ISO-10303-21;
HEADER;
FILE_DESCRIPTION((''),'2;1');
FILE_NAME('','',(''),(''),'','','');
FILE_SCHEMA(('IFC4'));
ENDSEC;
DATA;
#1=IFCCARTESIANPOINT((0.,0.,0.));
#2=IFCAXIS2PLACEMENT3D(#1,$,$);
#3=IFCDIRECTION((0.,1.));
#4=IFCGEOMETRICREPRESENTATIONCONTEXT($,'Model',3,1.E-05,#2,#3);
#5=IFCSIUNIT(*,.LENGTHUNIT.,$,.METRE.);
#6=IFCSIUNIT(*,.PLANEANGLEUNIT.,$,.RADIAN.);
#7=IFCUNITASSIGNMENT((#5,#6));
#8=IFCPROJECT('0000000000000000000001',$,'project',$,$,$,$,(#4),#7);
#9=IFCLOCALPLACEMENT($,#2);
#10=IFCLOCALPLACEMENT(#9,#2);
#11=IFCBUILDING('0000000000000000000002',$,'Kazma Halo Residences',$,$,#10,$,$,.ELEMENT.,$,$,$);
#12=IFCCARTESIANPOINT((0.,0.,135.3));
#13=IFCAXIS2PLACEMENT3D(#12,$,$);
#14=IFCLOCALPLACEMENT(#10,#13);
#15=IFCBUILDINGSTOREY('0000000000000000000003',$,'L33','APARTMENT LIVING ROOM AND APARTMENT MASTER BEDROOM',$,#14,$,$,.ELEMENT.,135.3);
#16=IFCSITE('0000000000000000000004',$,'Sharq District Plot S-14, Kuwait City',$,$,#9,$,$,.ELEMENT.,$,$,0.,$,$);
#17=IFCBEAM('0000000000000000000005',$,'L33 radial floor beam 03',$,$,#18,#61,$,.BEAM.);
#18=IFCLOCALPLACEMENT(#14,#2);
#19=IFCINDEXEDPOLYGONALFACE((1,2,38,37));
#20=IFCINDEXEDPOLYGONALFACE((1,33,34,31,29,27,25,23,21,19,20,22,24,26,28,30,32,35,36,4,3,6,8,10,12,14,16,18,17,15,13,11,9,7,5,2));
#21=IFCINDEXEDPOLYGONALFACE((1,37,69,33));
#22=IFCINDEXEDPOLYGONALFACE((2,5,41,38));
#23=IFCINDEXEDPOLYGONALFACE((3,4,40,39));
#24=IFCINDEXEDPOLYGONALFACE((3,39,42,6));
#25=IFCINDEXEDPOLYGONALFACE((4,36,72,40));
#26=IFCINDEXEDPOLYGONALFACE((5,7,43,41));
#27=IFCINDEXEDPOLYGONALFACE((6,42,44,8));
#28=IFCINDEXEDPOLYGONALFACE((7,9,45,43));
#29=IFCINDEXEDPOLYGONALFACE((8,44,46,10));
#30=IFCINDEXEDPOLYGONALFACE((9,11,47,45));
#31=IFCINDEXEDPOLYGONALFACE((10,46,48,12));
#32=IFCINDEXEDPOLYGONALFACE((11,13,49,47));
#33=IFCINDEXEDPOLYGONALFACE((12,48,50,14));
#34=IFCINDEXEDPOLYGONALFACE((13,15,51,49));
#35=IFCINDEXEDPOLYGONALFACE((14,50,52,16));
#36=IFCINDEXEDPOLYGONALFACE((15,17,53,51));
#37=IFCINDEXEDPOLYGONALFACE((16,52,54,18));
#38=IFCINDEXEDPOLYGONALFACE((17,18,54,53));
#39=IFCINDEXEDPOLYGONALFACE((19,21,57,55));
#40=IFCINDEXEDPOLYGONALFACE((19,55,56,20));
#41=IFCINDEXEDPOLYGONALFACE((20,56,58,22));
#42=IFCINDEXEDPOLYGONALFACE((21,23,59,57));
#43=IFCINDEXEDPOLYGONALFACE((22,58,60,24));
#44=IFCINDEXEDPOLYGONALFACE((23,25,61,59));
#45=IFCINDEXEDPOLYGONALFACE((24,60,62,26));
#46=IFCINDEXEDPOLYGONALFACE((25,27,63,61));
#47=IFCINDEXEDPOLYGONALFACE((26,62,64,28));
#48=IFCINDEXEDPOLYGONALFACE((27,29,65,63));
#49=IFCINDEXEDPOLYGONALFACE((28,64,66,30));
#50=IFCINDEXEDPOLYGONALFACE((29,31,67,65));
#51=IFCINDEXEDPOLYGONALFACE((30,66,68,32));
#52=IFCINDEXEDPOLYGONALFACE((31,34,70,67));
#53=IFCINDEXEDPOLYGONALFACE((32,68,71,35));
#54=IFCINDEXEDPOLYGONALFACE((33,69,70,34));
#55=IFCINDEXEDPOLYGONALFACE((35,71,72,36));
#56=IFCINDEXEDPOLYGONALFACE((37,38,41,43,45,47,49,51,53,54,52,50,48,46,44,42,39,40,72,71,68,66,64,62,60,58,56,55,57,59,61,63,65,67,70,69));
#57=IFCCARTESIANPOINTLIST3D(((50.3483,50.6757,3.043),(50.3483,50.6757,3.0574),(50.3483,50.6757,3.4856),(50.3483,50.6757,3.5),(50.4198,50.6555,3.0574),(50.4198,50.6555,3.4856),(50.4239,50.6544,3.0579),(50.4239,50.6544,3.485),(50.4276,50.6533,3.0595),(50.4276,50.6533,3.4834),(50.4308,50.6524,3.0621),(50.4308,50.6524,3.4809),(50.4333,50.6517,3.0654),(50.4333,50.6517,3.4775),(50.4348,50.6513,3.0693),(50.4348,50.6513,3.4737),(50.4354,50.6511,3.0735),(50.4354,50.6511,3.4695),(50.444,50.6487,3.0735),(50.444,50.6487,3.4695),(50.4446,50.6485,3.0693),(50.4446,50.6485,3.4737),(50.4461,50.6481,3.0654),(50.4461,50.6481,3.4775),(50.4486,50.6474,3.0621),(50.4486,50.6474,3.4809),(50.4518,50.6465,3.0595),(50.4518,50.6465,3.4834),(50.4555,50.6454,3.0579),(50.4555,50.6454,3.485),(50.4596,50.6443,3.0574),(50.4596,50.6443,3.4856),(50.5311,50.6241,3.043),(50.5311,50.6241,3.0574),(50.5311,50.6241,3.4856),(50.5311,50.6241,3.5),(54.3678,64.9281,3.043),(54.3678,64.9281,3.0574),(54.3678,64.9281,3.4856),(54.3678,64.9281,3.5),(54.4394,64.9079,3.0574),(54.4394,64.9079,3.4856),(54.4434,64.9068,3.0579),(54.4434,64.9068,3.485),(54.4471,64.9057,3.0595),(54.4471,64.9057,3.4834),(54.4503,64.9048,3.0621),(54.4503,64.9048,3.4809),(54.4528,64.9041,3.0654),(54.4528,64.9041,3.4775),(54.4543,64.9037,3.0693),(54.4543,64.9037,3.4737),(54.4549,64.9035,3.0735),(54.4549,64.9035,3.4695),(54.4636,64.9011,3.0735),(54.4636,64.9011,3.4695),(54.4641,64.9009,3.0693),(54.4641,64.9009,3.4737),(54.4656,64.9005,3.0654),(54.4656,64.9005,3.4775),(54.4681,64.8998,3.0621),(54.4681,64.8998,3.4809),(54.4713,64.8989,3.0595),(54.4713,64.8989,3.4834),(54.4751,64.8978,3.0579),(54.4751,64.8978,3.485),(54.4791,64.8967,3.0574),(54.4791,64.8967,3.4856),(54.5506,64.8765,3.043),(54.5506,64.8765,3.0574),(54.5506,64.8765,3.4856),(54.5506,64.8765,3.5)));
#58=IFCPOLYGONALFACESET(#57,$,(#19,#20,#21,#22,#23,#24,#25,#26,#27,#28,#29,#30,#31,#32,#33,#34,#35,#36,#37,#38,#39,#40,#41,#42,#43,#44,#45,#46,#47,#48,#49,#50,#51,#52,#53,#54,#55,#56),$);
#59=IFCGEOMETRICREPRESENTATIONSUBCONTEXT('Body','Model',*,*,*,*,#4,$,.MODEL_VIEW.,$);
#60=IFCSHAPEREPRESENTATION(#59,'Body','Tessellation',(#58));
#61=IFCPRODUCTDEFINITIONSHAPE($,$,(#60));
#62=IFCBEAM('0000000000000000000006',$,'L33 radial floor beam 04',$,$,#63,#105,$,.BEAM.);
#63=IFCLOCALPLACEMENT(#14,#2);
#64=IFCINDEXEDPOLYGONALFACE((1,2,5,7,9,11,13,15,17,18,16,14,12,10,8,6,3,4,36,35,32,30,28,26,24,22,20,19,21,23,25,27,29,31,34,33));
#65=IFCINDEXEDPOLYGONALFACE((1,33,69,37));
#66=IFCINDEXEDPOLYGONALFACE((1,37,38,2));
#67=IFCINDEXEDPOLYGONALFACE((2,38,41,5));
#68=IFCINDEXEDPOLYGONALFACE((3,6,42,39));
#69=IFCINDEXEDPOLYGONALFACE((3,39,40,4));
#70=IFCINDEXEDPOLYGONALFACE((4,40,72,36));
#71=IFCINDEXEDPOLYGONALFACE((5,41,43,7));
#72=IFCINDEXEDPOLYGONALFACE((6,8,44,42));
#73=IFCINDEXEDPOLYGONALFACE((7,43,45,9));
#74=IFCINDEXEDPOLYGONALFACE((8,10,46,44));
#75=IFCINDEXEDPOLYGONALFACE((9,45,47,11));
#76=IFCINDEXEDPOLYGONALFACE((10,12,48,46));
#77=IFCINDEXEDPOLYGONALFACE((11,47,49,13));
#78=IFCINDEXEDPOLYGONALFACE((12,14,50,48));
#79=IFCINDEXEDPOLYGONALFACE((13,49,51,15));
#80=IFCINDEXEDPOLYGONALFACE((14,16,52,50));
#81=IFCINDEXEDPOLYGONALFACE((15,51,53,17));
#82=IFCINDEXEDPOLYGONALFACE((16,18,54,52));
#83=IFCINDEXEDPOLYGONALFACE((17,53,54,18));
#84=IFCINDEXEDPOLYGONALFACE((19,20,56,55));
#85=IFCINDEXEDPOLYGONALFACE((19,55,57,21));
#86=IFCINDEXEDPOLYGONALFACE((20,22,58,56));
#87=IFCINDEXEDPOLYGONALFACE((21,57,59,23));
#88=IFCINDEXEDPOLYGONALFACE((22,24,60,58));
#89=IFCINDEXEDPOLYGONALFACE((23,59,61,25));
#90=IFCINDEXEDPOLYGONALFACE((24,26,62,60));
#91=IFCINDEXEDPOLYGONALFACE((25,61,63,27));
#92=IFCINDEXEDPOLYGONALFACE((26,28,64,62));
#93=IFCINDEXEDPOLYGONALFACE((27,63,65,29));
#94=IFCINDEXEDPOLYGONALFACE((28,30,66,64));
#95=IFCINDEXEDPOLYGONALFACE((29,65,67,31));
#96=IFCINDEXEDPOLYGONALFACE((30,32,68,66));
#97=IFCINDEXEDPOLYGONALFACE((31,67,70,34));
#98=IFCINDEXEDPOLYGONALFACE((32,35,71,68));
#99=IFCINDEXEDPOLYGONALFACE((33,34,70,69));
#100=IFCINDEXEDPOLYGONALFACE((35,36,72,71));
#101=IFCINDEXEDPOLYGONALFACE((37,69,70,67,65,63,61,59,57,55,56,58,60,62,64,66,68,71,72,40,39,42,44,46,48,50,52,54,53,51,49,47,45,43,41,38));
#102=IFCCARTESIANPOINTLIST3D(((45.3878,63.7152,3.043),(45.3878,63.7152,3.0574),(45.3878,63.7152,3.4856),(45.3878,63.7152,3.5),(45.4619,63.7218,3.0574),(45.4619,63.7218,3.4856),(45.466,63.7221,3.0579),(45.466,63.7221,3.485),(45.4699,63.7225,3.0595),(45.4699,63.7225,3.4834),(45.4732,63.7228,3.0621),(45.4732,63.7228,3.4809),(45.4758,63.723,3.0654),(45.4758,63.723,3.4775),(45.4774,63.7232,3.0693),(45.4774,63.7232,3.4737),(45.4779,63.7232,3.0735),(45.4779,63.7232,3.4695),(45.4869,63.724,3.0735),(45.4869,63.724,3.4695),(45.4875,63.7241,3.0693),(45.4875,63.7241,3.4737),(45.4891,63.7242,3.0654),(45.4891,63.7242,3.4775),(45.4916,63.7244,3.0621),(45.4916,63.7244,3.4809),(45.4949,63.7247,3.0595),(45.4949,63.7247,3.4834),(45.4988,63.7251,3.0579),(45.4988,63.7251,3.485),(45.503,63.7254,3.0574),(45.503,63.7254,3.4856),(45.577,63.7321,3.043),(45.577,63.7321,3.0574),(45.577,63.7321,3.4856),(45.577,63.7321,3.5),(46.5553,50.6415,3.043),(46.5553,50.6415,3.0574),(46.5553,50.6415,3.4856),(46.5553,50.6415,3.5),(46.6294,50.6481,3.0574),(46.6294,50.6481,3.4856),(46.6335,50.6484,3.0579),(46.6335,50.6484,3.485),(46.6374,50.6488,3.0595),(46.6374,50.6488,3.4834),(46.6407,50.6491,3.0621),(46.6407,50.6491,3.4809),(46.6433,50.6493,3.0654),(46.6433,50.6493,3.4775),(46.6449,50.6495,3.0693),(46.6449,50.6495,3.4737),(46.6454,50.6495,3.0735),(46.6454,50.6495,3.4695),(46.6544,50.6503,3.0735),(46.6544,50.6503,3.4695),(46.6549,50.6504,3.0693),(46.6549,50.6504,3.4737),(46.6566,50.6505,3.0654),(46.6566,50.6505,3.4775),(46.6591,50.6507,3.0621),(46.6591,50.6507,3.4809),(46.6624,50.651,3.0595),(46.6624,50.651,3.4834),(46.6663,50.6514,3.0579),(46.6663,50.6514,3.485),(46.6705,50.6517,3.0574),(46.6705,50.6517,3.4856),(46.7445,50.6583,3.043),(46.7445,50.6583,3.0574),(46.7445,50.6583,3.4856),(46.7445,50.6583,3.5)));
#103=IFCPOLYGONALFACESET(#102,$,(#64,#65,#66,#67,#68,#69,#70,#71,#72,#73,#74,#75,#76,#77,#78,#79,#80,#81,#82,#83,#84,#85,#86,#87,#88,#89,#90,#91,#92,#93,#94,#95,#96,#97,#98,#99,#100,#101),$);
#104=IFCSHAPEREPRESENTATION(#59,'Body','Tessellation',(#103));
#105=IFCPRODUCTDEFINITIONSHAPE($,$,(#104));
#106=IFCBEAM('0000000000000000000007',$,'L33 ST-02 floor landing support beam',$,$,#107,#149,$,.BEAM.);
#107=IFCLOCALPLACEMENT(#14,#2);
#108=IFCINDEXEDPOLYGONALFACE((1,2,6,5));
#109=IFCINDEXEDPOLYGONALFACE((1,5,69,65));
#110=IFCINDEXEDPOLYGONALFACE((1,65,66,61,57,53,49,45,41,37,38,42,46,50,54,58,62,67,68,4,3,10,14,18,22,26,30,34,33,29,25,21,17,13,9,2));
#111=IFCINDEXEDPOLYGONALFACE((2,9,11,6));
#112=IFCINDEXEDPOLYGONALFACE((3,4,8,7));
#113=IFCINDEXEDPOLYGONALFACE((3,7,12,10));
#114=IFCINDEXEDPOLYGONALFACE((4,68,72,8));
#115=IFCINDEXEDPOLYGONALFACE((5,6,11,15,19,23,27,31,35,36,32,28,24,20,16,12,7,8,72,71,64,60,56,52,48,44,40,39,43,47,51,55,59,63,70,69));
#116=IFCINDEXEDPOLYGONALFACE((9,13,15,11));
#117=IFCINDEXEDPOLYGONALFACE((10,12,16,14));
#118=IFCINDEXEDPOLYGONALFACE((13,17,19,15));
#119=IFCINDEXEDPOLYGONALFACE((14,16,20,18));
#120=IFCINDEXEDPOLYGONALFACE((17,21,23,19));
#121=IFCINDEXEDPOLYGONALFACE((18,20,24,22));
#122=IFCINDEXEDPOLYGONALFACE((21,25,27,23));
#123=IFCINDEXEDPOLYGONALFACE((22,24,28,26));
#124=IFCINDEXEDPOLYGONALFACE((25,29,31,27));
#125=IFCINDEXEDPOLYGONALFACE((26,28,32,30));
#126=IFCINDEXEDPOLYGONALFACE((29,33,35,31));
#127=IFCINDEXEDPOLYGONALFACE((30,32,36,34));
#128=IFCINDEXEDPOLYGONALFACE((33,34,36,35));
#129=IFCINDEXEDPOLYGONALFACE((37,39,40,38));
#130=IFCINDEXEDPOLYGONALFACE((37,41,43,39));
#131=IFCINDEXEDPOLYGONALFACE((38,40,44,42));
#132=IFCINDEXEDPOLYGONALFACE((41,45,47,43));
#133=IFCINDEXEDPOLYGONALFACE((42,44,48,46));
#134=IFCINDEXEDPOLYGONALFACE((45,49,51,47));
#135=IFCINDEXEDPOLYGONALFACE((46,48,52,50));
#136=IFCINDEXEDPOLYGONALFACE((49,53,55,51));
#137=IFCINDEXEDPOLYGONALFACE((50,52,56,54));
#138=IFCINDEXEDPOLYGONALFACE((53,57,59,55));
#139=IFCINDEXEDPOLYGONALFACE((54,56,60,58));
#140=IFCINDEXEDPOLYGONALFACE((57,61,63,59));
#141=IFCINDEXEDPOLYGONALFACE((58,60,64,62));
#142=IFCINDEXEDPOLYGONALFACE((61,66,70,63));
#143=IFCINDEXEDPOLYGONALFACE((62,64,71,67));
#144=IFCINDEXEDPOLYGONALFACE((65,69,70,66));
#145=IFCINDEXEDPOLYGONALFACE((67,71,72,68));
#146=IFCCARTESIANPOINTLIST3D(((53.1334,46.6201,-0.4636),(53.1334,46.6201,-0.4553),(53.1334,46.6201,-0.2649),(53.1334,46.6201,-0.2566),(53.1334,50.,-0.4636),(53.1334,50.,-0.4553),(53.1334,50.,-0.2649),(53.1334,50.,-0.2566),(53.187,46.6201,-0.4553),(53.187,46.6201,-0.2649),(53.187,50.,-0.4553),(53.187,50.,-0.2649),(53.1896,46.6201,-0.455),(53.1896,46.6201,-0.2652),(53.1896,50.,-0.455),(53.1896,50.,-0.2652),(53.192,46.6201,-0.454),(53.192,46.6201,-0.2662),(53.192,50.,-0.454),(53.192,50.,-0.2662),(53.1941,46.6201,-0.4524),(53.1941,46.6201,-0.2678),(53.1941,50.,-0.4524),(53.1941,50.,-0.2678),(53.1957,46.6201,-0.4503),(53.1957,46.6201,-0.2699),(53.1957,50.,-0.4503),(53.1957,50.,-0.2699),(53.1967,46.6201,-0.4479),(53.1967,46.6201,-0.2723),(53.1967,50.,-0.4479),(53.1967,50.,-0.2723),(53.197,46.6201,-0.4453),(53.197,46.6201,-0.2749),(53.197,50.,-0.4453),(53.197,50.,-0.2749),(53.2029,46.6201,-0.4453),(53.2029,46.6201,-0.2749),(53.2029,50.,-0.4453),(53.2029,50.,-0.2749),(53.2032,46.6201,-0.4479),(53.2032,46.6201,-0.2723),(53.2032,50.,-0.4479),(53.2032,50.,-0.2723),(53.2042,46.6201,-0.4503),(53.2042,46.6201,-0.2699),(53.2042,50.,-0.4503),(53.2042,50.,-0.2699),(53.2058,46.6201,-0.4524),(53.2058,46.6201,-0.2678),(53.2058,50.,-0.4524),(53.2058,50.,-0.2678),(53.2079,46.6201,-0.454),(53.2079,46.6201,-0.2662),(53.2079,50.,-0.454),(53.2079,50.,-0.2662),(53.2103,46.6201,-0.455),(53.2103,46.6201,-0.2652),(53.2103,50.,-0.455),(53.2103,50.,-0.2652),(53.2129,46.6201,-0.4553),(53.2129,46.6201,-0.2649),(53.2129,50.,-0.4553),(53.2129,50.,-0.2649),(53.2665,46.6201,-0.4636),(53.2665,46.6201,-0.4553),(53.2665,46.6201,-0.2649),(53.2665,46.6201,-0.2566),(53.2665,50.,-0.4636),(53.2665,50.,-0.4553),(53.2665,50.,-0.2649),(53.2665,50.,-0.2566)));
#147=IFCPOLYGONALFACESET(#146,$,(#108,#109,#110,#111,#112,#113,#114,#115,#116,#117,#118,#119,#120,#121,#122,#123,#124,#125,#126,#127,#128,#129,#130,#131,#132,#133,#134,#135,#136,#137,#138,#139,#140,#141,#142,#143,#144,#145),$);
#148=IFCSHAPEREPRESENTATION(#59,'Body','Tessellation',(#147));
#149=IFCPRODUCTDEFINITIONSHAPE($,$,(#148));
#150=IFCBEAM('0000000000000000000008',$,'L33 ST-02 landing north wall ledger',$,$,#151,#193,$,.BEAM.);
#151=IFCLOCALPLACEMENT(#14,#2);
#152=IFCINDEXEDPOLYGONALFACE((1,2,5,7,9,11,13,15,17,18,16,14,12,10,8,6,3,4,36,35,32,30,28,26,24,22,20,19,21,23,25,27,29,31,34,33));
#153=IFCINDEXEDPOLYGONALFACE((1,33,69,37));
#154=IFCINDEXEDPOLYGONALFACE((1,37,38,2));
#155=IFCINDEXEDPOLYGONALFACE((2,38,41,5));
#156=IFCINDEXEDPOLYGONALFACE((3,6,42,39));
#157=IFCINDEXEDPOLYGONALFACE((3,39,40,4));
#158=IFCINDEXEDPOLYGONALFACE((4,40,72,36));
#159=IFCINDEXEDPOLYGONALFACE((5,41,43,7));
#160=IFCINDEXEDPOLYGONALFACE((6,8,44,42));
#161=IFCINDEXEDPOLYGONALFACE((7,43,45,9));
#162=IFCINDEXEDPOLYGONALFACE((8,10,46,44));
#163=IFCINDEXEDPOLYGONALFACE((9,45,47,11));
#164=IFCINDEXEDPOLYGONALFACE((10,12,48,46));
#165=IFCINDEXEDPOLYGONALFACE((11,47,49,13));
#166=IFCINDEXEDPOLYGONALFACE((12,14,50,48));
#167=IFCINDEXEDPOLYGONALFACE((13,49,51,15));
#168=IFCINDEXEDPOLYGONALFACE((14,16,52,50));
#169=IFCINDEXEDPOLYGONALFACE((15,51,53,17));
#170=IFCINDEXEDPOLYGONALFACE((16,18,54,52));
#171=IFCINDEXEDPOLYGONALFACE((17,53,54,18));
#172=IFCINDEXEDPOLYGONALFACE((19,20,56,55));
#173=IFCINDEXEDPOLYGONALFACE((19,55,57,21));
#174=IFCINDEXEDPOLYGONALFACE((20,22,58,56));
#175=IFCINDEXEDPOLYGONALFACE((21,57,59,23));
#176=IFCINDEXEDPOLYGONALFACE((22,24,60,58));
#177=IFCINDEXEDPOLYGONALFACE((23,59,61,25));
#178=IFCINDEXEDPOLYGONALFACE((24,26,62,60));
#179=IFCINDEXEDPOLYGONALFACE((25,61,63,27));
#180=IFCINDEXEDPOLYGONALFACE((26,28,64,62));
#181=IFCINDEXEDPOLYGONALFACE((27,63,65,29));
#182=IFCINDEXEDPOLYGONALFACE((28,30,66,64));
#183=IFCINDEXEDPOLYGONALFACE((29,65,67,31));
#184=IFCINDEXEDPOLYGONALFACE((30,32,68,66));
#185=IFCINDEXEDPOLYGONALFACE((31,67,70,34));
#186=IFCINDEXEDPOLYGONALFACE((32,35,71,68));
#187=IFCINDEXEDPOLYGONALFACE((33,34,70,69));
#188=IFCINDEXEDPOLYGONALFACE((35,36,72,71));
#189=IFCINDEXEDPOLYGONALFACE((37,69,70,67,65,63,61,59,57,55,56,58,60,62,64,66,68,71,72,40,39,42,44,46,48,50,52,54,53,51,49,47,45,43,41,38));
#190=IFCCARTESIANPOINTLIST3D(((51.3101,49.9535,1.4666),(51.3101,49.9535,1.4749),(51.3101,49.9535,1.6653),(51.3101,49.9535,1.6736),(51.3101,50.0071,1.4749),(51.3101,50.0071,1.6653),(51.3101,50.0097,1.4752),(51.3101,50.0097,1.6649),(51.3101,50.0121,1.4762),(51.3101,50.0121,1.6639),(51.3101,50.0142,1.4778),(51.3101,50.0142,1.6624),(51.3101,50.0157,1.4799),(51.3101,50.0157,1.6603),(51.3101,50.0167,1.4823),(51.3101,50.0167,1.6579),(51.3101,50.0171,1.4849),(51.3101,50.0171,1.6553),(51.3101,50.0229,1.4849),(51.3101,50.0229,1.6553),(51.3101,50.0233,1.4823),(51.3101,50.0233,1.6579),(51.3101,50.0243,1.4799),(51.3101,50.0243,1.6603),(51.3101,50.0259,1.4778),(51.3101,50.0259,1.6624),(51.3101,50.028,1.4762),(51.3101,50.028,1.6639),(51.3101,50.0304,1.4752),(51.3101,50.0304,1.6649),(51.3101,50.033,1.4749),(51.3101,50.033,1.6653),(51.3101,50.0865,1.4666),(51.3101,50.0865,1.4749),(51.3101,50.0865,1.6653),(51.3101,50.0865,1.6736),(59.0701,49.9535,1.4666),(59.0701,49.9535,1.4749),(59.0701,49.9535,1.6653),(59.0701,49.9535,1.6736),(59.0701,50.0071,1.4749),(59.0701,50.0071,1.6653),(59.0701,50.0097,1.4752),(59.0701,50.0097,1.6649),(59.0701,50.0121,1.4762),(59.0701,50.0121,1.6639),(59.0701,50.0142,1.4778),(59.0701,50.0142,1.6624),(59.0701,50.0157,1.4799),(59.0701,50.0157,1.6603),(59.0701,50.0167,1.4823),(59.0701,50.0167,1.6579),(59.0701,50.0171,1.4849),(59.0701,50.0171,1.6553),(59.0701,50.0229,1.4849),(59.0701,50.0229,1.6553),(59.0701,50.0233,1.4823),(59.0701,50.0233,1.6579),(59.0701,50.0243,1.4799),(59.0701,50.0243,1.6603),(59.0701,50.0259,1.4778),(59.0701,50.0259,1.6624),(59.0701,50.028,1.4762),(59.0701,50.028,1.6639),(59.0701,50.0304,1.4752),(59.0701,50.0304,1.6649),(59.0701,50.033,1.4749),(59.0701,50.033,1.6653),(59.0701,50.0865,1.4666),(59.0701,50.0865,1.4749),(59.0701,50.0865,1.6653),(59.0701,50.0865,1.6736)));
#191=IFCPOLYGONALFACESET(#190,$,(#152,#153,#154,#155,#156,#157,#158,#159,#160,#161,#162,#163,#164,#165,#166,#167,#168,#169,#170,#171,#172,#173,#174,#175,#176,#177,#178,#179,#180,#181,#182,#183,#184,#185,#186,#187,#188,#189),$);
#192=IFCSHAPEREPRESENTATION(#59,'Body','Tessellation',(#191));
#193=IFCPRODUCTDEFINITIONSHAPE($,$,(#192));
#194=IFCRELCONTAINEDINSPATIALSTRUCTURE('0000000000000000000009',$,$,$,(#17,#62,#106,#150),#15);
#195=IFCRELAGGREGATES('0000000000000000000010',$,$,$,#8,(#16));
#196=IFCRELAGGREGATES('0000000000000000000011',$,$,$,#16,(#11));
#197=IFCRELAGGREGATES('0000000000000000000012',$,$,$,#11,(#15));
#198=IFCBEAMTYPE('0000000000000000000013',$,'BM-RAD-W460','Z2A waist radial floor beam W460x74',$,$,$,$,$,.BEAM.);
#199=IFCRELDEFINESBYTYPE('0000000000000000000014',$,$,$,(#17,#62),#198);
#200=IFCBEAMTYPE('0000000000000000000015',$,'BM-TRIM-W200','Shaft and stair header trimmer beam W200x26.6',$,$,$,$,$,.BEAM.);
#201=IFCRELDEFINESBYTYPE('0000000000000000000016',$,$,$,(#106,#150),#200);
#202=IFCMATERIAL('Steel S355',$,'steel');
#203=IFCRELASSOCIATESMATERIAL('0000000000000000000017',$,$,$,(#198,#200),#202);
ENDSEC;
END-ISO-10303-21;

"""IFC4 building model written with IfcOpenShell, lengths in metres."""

from ifc_helpers import new_model, si_unit, direction, frame, origin, origin_2d, place, context, subcontext, project, spatial, i_section, extrude, material, material_profile, profile_set, type_object, element, save


model = new_model("IFC4")

# Units and contexts
model_context = context("Model", 3, precision=1e-05, world=origin(), true_north=direction((0.0, 1.0)))
body_context = subcontext(model_context, "Body", "Model", "MODEL_VIEW")
ifc_project = project(units=[si_unit("LENGTHUNIT", "METRE"), si_unit("PLANEANGLEUNIT", "RADIAN")], contexts=[model_context])

# Site, building, storey
site_placement = place(None, origin())
site = spatial("IfcSite", under=ifc_project, at=site_placement, Name="Sharq District Plot S-14, Kuwait City", CompositionType="ELEMENT", RefElevation=0.0)
building_placement = place(site_placement, origin())
building = spatial("IfcBuilding", under=site, at=building_placement, Name="Kazma Halo Residences", CompositionType="ELEMENT")
storey_placement = place(building_placement, frame((0.0, 0.0, 135.3)))
storey = spatial("IfcBuildingStorey", under=building, at=storey_placement, Name="L33", Description="APARTMENT LIVING ROOM AND APARTMENT MASTER BEDROOM", CompositionType="ELEMENT", Elevation=135.3)

# Shared definitions
ifc_material_1 = material(Name="Steel S355", Category="steel")

# Beams
ifc_material_profile_1 = material_profile(ifc_material_1, i_section(OverallWidth=0.1899, OverallDepth=0.457, WebThickness=0.009, FlangeThickness=0.0144, FilletRadius=0.0161, at=origin_2d()), Name="W460x74")
ifc_profile_set_1 = profile_set([ifc_material_profile_1], Name="Steel S355")
beam_type_1 = type_object("IfcBeamType", Name="BM-RAD-W460", Description="Z2A waist radial floor beam W460x74", PredefinedType="BEAM", material=ifc_profile_set_1)
beam_1_placement = place(storey_placement, frame((50.4397, 50.6499, 3.2715), z_axis=(0.271436, 0.962457, 0.0), x_axis=(-0.962457, 0.271436, 0.0)))
element("IfcBeam", 1, at=beam_1_placement, inside=storey, type_object=beam_type_1, Name="L33 radial floor beam 03", PredefinedType="BEAM", context=body_context, shape_type="SweptSolid", body=[
    extrude(i_section(OverallWidth=0.1899, OverallDepth=0.457, WebThickness=0.009, FlangeThickness=0.0144, FilletRadius=0.0161, at=origin_2d()), origin(), (0.0, 0.0, 1.0), 14.8083),
])
beam_2_placement = place(storey_placement, frame((46.6499, 50.6499, 3.2715), z_axis=(-0.088946, 0.996036, 0.0), x_axis=(-0.996036, -0.088946, 0.0)))
element("IfcBeam", 2, at=beam_2_placement, inside=storey, type_object=beam_type_1, Name="L33 radial floor beam 04", PredefinedType="BEAM", context=body_context, shape_type="SweptSolid", body=[
    extrude(i_section(OverallWidth=0.1899, OverallDepth=0.457, WebThickness=0.009, FlangeThickness=0.0144, FilletRadius=0.0161, at=origin_2d()), origin(), (0.0, 0.0, 1.0), 13.1257),
])
ifc_material_profile_2 = material_profile(ifc_material_1, i_section(OverallWidth=0.1331, OverallDepth=0.207, WebThickness=0.0059, FlangeThickness=0.0083, FilletRadius=0.01, at=origin_2d()), Name="W200x26.6")
ifc_profile_set_2 = profile_set([ifc_material_profile_2], Name="Steel S355")
beam_type_2 = type_object("IfcBeamType", Name="BM-TRIM-W200", Description="Shaft and stair header trimmer beam W200x26.6", PredefinedType="BEAM", material=ifc_profile_set_2)
beam_3_placement = place(storey_placement, frame((53.2, 46.6201, -0.3601), z_axis=(0.0, 1.0, 0.0), x_axis=(-1.0, 0.0, 0.0)))
element("IfcBeam", 3, at=beam_3_placement, inside=storey, type_object=beam_type_2, Name="L33 ST-02 floor landing support beam", PredefinedType="BEAM", context=body_context, shape_type="SweptSolid", body=[
    extrude(i_section(OverallWidth=0.1331, OverallDepth=0.207, WebThickness=0.0059, FlangeThickness=0.0083, FilletRadius=0.01, at=origin_2d()), origin(), (0.0, 0.0, 1.0), 3.3799),
])
beam_4_placement = place(storey_placement, frame((51.3101, 50.02, 1.5701), z_axis=(1.0, 0.0, 0.0), x_axis=(0.0, 1.0, 0.0)))
element("IfcBeam", 4, at=beam_4_placement, inside=storey, type_object=beam_type_2, Name="L33 ST-02 landing north wall ledger", PredefinedType="BEAM", context=body_context, shape_type="SweptSolid", body=[
    extrude(i_section(OverallWidth=0.1331, OverallDepth=0.207, WebThickness=0.0059, FlangeThickness=0.0083, FilletRadius=0.01, at=origin_2d()), origin(), (0.0, 0.0, 1.0), 7.76),
])

save(model, "model.ifc")
